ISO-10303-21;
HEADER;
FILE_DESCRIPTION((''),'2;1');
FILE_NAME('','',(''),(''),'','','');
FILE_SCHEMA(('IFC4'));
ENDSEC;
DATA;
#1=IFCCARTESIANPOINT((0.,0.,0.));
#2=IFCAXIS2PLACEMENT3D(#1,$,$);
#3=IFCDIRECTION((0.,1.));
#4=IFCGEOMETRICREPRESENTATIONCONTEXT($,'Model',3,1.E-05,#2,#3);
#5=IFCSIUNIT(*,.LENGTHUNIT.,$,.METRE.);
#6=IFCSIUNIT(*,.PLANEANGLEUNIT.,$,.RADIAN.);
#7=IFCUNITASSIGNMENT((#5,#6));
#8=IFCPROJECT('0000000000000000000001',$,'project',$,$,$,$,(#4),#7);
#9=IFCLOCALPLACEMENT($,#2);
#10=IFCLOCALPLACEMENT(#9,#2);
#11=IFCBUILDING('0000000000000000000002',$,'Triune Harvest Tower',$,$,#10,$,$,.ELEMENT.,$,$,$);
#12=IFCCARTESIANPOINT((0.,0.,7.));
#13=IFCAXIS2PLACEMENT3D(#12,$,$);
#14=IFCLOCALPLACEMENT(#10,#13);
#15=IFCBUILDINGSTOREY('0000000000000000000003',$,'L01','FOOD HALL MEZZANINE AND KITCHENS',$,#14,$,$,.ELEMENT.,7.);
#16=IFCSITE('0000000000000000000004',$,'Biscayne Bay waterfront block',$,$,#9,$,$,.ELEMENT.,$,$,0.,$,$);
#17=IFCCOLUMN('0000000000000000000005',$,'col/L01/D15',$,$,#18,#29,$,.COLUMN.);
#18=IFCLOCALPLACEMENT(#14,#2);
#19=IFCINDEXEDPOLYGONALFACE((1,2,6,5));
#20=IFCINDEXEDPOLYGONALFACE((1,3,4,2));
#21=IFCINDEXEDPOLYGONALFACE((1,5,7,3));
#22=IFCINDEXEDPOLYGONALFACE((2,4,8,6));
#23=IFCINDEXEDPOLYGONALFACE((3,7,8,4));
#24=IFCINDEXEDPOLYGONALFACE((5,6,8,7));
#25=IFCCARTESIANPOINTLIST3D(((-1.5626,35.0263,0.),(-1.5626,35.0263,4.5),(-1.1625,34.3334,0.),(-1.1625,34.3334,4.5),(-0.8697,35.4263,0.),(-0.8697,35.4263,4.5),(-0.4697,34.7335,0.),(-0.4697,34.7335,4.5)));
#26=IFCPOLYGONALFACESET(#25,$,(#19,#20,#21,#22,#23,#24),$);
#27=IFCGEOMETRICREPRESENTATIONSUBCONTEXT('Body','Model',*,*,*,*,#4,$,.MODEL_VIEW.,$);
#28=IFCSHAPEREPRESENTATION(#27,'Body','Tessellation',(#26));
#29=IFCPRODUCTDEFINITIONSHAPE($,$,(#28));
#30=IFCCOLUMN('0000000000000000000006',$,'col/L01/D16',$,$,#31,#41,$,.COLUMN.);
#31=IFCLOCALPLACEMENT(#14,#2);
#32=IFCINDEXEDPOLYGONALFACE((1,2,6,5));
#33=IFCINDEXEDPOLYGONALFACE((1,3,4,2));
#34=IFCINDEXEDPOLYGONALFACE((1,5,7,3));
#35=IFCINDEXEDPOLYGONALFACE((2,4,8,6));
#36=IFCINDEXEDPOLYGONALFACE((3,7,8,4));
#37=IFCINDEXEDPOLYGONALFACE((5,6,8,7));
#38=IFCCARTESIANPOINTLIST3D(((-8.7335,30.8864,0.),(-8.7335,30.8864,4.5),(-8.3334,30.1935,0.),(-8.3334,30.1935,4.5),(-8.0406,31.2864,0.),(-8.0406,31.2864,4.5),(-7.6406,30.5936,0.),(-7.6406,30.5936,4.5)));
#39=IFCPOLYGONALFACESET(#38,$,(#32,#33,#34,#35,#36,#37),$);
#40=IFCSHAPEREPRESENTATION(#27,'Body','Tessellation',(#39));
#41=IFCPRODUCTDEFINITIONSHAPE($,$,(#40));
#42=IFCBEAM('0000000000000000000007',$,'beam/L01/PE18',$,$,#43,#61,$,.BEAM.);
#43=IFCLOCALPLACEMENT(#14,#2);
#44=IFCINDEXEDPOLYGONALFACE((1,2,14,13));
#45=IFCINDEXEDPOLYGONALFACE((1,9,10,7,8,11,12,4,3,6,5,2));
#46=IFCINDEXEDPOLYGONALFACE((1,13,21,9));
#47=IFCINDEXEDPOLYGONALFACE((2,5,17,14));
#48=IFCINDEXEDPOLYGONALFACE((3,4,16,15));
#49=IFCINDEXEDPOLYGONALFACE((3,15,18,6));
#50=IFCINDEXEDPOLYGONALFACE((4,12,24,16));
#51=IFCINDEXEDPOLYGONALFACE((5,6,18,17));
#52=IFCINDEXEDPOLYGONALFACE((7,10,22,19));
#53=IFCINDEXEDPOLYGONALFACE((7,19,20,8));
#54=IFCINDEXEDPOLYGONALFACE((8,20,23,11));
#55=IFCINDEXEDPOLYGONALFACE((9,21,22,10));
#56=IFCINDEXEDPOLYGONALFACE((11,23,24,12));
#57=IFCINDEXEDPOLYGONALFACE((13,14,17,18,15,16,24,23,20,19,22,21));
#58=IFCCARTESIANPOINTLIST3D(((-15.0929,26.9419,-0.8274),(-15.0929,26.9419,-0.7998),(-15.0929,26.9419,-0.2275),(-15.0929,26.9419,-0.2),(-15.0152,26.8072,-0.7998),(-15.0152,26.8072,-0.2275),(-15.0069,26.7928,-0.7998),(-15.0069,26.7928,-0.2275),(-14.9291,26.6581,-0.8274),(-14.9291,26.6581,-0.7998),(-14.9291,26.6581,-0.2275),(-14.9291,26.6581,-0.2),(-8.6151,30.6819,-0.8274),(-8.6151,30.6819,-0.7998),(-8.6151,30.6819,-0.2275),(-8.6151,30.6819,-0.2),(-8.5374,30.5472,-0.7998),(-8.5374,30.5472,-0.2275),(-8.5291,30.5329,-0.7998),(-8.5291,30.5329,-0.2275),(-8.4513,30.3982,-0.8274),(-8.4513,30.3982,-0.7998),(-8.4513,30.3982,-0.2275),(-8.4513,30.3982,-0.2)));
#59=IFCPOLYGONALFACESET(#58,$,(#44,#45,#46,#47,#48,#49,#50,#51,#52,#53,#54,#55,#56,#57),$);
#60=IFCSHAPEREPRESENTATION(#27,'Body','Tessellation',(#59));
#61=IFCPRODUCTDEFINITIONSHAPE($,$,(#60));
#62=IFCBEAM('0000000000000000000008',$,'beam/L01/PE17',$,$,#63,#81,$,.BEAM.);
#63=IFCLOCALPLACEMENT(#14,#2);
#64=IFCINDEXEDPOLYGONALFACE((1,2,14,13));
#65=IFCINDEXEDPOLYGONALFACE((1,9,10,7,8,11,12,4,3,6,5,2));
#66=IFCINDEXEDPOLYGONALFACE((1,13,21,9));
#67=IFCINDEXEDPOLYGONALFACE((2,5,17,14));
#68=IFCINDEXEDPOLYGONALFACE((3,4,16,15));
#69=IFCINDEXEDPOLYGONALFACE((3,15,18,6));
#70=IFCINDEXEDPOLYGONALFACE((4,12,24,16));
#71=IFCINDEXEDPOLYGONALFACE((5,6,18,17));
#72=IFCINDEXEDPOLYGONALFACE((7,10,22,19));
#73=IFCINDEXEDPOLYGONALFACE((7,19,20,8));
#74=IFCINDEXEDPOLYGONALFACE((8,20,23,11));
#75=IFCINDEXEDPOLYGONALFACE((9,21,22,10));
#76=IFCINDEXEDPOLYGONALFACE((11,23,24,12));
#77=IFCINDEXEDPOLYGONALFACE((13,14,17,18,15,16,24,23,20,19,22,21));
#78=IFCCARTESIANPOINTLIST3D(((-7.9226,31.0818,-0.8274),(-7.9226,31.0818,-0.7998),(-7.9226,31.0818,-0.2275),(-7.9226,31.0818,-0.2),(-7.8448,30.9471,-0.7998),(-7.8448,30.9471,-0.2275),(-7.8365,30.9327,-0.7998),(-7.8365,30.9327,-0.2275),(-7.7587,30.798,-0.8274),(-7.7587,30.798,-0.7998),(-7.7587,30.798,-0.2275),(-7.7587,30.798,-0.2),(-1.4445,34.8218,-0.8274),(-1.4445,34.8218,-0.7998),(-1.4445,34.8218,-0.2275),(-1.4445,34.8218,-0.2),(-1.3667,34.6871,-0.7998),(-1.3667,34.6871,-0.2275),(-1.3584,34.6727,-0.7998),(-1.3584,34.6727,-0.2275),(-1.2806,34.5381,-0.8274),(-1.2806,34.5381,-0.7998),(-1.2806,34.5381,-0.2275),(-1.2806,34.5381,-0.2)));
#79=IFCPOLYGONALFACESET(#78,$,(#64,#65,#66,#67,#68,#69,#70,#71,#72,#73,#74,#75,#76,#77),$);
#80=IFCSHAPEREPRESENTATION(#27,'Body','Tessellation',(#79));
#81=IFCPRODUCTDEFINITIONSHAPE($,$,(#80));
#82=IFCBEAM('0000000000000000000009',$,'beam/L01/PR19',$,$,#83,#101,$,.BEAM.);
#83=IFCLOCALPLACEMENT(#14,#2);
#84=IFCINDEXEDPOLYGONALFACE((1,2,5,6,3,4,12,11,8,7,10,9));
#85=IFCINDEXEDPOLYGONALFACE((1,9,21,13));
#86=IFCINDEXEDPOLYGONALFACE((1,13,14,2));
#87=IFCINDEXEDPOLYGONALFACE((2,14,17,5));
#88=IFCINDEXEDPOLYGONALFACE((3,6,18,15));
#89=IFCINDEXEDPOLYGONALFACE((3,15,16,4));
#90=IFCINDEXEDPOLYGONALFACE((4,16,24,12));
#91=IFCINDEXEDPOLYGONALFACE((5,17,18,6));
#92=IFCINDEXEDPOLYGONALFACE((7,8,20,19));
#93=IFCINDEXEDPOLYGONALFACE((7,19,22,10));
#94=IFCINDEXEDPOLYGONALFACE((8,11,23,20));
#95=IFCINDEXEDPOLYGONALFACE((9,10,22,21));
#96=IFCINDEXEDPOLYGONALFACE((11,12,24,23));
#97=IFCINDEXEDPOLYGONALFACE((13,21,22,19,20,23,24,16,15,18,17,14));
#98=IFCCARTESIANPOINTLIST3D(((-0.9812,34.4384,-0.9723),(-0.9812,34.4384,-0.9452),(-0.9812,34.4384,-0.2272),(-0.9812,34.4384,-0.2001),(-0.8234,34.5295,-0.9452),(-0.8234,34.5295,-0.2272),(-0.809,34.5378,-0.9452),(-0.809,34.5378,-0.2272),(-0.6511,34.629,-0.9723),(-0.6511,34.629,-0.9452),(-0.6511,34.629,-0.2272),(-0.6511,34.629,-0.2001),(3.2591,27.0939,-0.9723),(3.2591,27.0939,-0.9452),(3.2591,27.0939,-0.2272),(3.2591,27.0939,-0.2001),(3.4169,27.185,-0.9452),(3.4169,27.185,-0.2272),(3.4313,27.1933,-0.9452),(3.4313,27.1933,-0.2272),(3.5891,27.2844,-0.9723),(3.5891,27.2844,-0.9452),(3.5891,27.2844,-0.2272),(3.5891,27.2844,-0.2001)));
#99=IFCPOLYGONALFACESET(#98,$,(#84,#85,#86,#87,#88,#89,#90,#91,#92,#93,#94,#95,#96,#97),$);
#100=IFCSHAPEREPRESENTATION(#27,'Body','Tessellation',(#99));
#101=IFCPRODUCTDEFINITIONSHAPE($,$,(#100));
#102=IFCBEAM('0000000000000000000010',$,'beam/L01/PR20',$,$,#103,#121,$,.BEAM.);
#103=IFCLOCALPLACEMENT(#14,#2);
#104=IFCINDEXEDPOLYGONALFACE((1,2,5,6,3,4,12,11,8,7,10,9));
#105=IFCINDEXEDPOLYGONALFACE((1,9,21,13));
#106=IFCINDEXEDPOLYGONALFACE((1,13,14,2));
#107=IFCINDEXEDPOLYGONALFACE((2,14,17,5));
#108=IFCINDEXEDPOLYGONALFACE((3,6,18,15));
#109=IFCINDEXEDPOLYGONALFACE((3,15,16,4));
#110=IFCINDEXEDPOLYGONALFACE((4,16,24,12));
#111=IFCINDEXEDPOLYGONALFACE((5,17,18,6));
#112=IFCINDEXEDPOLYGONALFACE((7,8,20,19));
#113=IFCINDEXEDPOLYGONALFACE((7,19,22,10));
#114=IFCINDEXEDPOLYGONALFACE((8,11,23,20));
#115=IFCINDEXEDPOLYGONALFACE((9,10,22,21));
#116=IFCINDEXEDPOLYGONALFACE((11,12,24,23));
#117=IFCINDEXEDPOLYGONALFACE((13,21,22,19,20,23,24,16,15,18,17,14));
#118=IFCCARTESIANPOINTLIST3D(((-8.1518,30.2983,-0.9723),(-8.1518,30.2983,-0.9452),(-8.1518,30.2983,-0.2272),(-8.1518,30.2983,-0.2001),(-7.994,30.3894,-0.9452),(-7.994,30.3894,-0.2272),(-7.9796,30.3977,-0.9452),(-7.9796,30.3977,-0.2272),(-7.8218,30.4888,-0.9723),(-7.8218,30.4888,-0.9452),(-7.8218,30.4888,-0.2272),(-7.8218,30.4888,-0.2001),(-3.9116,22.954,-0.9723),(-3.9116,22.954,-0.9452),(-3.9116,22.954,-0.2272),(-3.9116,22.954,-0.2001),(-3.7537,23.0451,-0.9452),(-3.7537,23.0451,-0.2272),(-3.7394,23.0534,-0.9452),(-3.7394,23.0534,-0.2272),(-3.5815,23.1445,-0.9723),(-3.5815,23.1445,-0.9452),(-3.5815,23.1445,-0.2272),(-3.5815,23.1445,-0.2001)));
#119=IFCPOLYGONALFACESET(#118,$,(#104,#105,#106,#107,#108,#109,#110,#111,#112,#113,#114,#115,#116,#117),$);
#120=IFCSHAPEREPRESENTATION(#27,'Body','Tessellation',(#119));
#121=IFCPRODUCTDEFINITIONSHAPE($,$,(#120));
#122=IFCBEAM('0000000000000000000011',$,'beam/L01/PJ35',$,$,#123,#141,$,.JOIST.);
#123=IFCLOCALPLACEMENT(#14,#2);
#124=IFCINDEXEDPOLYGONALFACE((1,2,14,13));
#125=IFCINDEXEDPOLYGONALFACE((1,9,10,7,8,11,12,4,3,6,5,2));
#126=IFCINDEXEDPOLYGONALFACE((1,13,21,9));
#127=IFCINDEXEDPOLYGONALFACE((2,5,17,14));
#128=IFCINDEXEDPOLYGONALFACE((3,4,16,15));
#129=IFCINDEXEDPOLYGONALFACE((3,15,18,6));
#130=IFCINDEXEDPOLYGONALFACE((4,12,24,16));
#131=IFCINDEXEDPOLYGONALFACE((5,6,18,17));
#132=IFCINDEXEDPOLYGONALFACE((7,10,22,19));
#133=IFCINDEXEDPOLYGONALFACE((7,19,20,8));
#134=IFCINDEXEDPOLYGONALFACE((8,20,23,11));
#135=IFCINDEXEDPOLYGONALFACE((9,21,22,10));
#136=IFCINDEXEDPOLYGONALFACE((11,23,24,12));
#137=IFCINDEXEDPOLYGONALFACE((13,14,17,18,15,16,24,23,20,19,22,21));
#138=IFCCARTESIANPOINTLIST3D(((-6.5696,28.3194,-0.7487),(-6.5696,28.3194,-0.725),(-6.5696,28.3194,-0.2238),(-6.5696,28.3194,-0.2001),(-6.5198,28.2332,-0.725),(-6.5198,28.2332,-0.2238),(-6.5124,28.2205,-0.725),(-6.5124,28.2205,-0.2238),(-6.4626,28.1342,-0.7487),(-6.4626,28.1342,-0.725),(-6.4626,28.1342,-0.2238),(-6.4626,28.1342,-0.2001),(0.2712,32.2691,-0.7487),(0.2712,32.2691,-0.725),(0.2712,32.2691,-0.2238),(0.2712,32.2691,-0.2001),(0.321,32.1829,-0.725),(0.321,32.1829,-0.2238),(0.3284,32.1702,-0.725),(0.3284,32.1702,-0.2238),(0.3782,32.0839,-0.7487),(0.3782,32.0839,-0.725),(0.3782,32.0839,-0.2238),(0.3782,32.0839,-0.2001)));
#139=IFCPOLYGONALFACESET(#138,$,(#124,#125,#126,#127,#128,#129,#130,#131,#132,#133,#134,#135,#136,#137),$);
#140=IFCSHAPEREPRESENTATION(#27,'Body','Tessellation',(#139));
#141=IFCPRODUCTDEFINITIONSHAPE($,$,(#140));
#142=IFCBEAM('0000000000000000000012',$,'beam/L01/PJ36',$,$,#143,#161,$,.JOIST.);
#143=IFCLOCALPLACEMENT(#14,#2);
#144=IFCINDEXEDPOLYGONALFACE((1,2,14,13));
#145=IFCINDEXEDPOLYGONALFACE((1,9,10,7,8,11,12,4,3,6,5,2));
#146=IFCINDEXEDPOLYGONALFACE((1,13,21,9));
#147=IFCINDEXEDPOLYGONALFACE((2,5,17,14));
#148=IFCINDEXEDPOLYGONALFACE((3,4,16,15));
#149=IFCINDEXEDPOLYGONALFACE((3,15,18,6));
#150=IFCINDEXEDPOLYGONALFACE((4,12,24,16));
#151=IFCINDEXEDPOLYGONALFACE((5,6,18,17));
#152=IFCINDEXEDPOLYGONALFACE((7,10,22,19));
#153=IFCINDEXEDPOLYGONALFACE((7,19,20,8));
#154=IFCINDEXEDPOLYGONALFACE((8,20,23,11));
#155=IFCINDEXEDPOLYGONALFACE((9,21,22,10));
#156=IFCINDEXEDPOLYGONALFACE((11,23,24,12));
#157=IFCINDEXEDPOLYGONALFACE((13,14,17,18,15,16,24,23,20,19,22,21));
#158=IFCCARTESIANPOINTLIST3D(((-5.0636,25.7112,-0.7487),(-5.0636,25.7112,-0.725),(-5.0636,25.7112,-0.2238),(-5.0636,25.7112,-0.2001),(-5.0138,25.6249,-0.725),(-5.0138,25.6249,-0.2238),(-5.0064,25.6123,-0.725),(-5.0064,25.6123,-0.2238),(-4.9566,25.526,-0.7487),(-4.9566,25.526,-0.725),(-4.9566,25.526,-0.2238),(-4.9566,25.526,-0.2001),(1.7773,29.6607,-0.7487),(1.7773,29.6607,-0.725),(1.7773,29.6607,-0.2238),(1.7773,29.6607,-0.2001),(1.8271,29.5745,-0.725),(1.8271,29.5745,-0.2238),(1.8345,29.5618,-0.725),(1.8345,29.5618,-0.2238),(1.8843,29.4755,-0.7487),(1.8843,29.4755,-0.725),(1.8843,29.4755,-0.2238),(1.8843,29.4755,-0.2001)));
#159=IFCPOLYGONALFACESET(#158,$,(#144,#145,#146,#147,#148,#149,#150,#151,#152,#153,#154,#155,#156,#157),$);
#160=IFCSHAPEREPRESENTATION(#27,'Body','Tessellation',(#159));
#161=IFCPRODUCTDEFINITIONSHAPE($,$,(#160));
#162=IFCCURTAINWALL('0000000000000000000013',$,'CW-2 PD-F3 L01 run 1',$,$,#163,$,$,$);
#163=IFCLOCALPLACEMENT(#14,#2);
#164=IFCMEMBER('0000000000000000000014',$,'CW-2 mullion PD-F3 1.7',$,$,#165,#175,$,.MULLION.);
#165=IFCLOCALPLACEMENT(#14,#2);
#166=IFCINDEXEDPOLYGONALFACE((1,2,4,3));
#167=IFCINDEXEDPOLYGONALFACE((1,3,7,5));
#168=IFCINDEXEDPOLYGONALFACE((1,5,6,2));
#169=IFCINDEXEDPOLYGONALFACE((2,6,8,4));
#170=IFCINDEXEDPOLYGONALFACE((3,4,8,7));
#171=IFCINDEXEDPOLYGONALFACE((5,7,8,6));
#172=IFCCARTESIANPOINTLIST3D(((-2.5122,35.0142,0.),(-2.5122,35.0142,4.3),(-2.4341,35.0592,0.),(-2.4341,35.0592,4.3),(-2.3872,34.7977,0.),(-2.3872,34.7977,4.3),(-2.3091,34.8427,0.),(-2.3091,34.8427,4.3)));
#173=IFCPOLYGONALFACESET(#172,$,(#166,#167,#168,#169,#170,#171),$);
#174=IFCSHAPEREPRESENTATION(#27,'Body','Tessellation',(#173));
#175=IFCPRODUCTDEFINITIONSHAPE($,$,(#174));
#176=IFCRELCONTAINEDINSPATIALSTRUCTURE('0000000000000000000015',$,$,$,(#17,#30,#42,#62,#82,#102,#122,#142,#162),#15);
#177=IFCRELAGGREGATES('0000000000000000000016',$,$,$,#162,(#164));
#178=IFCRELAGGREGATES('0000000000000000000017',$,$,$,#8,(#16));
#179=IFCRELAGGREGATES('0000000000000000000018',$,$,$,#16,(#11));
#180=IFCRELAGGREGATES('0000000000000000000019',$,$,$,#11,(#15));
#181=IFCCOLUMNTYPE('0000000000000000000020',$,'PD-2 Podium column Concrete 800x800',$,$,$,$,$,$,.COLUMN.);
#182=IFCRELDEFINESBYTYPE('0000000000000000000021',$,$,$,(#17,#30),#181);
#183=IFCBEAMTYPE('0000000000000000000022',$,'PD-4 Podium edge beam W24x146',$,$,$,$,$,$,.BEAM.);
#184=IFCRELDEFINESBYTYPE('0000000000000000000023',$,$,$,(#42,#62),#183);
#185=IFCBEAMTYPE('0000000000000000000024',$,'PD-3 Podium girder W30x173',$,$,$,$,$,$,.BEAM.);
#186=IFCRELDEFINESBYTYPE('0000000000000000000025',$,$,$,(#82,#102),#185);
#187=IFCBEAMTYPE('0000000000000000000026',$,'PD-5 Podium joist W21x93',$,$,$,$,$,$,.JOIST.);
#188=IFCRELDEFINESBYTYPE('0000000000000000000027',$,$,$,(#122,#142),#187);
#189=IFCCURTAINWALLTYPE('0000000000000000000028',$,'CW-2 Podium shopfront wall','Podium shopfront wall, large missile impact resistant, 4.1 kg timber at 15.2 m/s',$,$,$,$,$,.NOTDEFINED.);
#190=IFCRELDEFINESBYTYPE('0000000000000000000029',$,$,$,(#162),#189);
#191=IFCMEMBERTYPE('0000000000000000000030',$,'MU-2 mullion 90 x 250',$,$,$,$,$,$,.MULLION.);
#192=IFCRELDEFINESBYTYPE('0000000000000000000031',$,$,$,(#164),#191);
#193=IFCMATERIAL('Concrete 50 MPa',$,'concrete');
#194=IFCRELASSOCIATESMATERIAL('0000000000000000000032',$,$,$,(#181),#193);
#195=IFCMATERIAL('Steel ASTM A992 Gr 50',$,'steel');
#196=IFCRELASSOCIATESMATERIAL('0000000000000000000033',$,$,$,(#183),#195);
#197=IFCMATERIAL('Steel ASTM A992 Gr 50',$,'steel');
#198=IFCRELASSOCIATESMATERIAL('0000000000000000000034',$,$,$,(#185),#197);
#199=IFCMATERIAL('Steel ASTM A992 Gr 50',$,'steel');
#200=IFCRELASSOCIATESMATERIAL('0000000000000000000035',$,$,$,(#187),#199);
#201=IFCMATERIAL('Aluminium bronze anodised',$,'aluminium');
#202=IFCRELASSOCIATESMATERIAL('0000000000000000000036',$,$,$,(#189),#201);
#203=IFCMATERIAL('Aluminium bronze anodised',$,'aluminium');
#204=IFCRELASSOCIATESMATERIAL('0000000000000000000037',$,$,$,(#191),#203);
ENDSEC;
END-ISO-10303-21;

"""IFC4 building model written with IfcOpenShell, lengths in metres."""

from ifc_helpers import new_model, si_unit, direction, frame, origin, origin_2d, place, context, subcontext, project, spatial, rectangle, i_section, extrude, source, transform, mapped, material, material_profile, profile_set, type_object, element, aggregate, save


model = new_model("IFC4")

# Units and contexts
model_context = context("Model", 3, precision=1e-05, world=origin(), true_north=direction((0.0, 1.0)))
body_context = subcontext(model_context, "Body", "Model", "MODEL_VIEW")
ifc_project = project(units=[si_unit("LENGTHUNIT", "METRE"), si_unit("PLANEANGLEUNIT", "RADIAN")], contexts=[model_context])

# Site, building, storey
site_placement = place(None, origin())
site = spatial("IfcSite", under=ifc_project, at=site_placement, Name="Biscayne Bay waterfront block", CompositionType="ELEMENT", RefElevation=0.0)
building_placement = place(site_placement, origin())
building = spatial("IfcBuilding", under=site, at=building_placement, Name="Triune Harvest Tower", CompositionType="ELEMENT")
storey_placement = place(building_placement, frame((0.0, 0.0, 7.0)))
storey = spatial("IfcBuildingStorey", under=building, at=storey_placement, Name="L01", Description="FOOD HALL MEZZANINE AND KITCHENS", CompositionType="ELEMENT", Elevation=7.0)

# Columns
ifc_material_1 = material(Name="Concrete 50 MPa", Category="concrete")
ifc_material_profile_1 = material_profile(ifc_material_1, rectangle(XDim=0.8, YDim=0.8, at=origin_2d()), Name="Concrete 800x800")
ifc_profile_set_1 = profile_set([ifc_material_profile_1], Name="Concrete 50 MPa")
column_type = type_object("IfcColumnType", Name="PD-2 Podium column Concrete 800x800", PredefinedType="COLUMN", material=ifc_profile_set_1)
shared_shape_1 = source(origin(), body_context, "Body", "SweptSolid", [
    extrude(rectangle(XDim=0.8, YDim=0.8, at=origin_2d()), origin(), (0.0, 0.0, 1.0), 4.5),
])
for number, where, z_axis, x_axis, name in (
    (1, (-1.0161, 34.8799, 0.0), (0.0, 0.0, 1.0), (-0.866025, -0.5, 0.0), "col/L01/D15"),
    (2, (-8.187, 30.74, 0.0), (0.0, 0.0, 1.0), (-0.866025, -0.5, 0.0), "col/L01/D16"),
):
    element("IfcColumn", number, at=place(storey_placement, frame(where, z_axis=z_axis, x_axis=x_axis)), inside=storey, type_object=column_type, Name=name, PredefinedType="COLUMN", context=body_context, shape_type="MappedRepresentation", body=[
        mapped(shared_shape_1, transform((0.0, 0.0, 0.0), scale=1.0)),
    ])

# Beams
ifc_material_2 = material(Name="Steel ASTM A992 Gr 50", Category="steel")
ifc_material_profile_2 = material_profile(ifc_material_2, i_section(OverallWidth=0.3276, OverallDepth=0.6274, WebThickness=0.0166, FlangeThickness=0.0276, at=origin_2d()), Name="W24x146")
ifc_profile_set_2 = profile_set([ifc_material_profile_2], Name="Steel ASTM A992 Gr 50")
beam_type_1 = type_object("IfcBeamType", Name="PD-4 Podium edge beam W24x146", PredefinedType="BEAM", material=ifc_profile_set_2)
shared_shape_2 = source(origin(), body_context, "Body", "SweptSolid", [
    extrude(i_section(OverallWidth=0.3276, OverallDepth=0.6274, WebThickness=0.0166, FlangeThickness=0.0276, at=origin_2d()), origin(), (0.0, 0.0, 1.0), 7.48),
])
beam_1_placement = place(storey_placement, frame((-8.5332, 30.54, -0.5137), z_axis=(-0.866023, -0.500004, 0.0), x_axis=(0.500004, -0.866023, 0.0)))
element("IfcBeam", 3, at=beam_1_placement, inside=storey, type_object=beam_type_1, Name="beam/L01/PE18", PredefinedType="BEAM", context=body_context, shape_type="MappedRepresentation", body=[
    mapped(shared_shape_2, transform((0.0, 0.0, 0.0), scale=1.0)),
])
shared_shape_3 = source(origin(), body_context, "Body", "SweptSolid", [
    extrude(i_section(OverallWidth=0.3276, OverallDepth=0.6274, WebThickness=0.0166, FlangeThickness=0.0276, at=origin_2d()), origin(), (0.0, 0.0, 1.0), 7.4802),
])
beam_2_placement = place(storey_placement, frame((-1.3625, 34.6799, -0.5137), z_axis=(-0.866031, -0.49999, 0.0), x_axis=(0.49999, -0.866031, 0.0)))
element("IfcBeam", 4, at=beam_2_placement, inside=storey, type_object=beam_type_1, Name="beam/L01/PE17", PredefinedType="BEAM", context=body_context, shape_type="MappedRepresentation", body=[
    mapped(shared_shape_3, transform((0.0, 0.0, 0.0), scale=1.0)),
])
ifc_material_3 = material(Name="Steel ASTM A992 Gr 50", Category="steel")
ifc_material_profile_3 = material_profile(ifc_material_3, i_section(OverallWidth=0.3811, OverallDepth=0.7722, WebThickness=0.0166, FlangeThickness=0.0271, at=origin_2d()), Name="W30x173")
ifc_profile_set_3 = profile_set([ifc_material_profile_3], Name="Steel ASTM A992 Gr 50")
beam_type_2 = type_object("IfcBeamType", Name="PD-3 Podium girder W30x173", PredefinedType="BEAM", material=ifc_profile_set_3)
shared_shape_4 = source(origin(), body_context, "Body", "SweptSolid", [
    extrude(i_section(OverallWidth=0.3811, OverallDepth=0.7722, WebThickness=0.0166, FlangeThickness=0.0271, at=origin_2d()), origin(), (0.0, 0.0, 1.0), 8.4807),
])
beam_3_placement = place(storey_placement, frame((-0.8162, 34.5337, -0.5862), z_axis=(0.499991, -0.866031, 0.0), x_axis=(0.866031, 0.499991, 0.0)))
element("IfcBeam", 5, at=beam_3_placement, inside=storey, type_object=beam_type_2, Name="beam/L01/PR19", PredefinedType="BEAM", context=body_context, shape_type="MappedRepresentation", body=[
    mapped(shared_shape_4, transform((0.0, 0.0, 0.0), scale=1.0)),
])
shared_shape_5 = source(origin(), body_context, "Body", "SweptSolid", [
    extrude(i_section(OverallWidth=0.3811, OverallDepth=0.7722, WebThickness=0.0166, FlangeThickness=0.0271, at=origin_2d()), origin(), (0.0, 0.0, 1.0), 8.4805),
])
beam_4_placement = place(storey_placement, frame((-7.9868, 30.3936, -0.5862), z_axis=(0.500003, -0.866024, 0.0), x_axis=(0.866024, 0.500003, 0.0)))
element("IfcBeam", 6, at=beam_4_placement, inside=storey, type_object=beam_type_2, Name="beam/L01/PR20", PredefinedType="BEAM", context=body_context, shape_type="MappedRepresentation", body=[
    mapped(shared_shape_5, transform((0.0, 0.0, 0.0), scale=1.0)),
])
ifc_material_4 = material(Name="Steel ASTM A992 Gr 50", Category="steel")
ifc_material_profile_4 = material_profile(ifc_material_4, i_section(OverallWidth=0.2139, OverallDepth=0.5486, WebThickness=0.0146, FlangeThickness=0.0237, at=origin_2d()), Name="W21x93")
ifc_profile_set_4 = profile_set([ifc_material_profile_4], Name="Steel ASTM A992 Gr 50")
beam_type_3 = type_object("IfcBeamType", Name="PD-5 Podium joist W21x93", PredefinedType="JOIST", material=ifc_profile_set_4)
shared_shape_6 = source(origin(), body_context, "Body", "SweptSolid", [
    extrude(i_section(OverallWidth=0.2139, OverallDepth=0.5486, WebThickness=0.0146, FlangeThickness=0.0237, at=origin_2d()), origin(), (0.0, 0.0, 1.0), 7.8992),
])
for number, where, z_axis, x_axis, name in (
    (7, (0.3247, 32.1765, -0.4744), (-0.866017, -0.500015, 0.0), (0.500015, -0.866017, 0.0), "beam/L01/PJ35"),
    (8, (1.8308, 29.5681, -0.4744), (-0.86603, -0.499992, 0.0), (0.499992, -0.86603, 0.0), "beam/L01/PJ36"),
):
    element("IfcBeam", number, at=place(storey_placement, frame(where, z_axis=z_axis, x_axis=x_axis)), inside=storey, type_object=beam_type_3, Name=name, PredefinedType="JOIST", context=body_context, shape_type="MappedRepresentation", body=[
        mapped(shared_shape_6, transform((0.0, 0.0, 0.0), scale=1.0)),
    ])

# Curtain wall, member
ifc_material_5 = material(Name="Aluminium bronze anodised", Category="aluminium")
curtain_wall_type = type_object("IfcCurtainWallType", Name="CW-2 Podium shopfront wall", Description="Podium shopfront wall, large missile impact resistant, 4.1 kg timber at 15.2 m/s", PredefinedType="NOTDEFINED", material=ifc_material_5)
curtain_wall_placement = place(storey_placement, origin())
curtain_wall = element("IfcCurtainWall", 9, at=curtain_wall_placement, inside=storey, type_object=curtain_wall_type, Name="CW-2 PD-F3 L01 run 1")
ifc_material_6 = material(Name="Aluminium bronze anodised", Category="aluminium")
ifc_material_profile_5 = material_profile(ifc_material_6, rectangle(XDim=0.25, YDim=0.0901, at=origin_2d()), Name="MU-2 mullion 90 x 250")
ifc_profile_set_5 = profile_set([ifc_material_profile_5], Name="Aluminium bronze anodised")
member_type_1 = type_object("IfcMemberType", Name="MU-2 mullion 90 x 250", PredefinedType="MULLION", material=ifc_profile_set_5)
shared_shape_7 = source(origin(), body_context, "Body", "SweptSolid", [
    extrude(rectangle(XDim=0.25, YDim=0.0901, at=origin_2d()), origin(), (0.0, 0.0, 1.0), 4.3),
])
member_1_placement = place(storey_placement, frame((-2.4106, 34.9285, 0.0), z_axis=(0.0, 0.0, 1.0), x_axis=(0.5, -0.866025, 0.0)))
member_1 = element("IfcMember", 10, at=member_1_placement, type_object=member_type_1, Name="CW-2 mullion PD-F3 1.7", PredefinedType="MULLION", context=body_context, shape_type="MappedRepresentation", body=[
    mapped(shared_shape_7, transform((0.0, 0.0, 0.0), scale=1.0)),
])
aggregate(curtain_wall, [member_1])

save(model, "model.ifc")
